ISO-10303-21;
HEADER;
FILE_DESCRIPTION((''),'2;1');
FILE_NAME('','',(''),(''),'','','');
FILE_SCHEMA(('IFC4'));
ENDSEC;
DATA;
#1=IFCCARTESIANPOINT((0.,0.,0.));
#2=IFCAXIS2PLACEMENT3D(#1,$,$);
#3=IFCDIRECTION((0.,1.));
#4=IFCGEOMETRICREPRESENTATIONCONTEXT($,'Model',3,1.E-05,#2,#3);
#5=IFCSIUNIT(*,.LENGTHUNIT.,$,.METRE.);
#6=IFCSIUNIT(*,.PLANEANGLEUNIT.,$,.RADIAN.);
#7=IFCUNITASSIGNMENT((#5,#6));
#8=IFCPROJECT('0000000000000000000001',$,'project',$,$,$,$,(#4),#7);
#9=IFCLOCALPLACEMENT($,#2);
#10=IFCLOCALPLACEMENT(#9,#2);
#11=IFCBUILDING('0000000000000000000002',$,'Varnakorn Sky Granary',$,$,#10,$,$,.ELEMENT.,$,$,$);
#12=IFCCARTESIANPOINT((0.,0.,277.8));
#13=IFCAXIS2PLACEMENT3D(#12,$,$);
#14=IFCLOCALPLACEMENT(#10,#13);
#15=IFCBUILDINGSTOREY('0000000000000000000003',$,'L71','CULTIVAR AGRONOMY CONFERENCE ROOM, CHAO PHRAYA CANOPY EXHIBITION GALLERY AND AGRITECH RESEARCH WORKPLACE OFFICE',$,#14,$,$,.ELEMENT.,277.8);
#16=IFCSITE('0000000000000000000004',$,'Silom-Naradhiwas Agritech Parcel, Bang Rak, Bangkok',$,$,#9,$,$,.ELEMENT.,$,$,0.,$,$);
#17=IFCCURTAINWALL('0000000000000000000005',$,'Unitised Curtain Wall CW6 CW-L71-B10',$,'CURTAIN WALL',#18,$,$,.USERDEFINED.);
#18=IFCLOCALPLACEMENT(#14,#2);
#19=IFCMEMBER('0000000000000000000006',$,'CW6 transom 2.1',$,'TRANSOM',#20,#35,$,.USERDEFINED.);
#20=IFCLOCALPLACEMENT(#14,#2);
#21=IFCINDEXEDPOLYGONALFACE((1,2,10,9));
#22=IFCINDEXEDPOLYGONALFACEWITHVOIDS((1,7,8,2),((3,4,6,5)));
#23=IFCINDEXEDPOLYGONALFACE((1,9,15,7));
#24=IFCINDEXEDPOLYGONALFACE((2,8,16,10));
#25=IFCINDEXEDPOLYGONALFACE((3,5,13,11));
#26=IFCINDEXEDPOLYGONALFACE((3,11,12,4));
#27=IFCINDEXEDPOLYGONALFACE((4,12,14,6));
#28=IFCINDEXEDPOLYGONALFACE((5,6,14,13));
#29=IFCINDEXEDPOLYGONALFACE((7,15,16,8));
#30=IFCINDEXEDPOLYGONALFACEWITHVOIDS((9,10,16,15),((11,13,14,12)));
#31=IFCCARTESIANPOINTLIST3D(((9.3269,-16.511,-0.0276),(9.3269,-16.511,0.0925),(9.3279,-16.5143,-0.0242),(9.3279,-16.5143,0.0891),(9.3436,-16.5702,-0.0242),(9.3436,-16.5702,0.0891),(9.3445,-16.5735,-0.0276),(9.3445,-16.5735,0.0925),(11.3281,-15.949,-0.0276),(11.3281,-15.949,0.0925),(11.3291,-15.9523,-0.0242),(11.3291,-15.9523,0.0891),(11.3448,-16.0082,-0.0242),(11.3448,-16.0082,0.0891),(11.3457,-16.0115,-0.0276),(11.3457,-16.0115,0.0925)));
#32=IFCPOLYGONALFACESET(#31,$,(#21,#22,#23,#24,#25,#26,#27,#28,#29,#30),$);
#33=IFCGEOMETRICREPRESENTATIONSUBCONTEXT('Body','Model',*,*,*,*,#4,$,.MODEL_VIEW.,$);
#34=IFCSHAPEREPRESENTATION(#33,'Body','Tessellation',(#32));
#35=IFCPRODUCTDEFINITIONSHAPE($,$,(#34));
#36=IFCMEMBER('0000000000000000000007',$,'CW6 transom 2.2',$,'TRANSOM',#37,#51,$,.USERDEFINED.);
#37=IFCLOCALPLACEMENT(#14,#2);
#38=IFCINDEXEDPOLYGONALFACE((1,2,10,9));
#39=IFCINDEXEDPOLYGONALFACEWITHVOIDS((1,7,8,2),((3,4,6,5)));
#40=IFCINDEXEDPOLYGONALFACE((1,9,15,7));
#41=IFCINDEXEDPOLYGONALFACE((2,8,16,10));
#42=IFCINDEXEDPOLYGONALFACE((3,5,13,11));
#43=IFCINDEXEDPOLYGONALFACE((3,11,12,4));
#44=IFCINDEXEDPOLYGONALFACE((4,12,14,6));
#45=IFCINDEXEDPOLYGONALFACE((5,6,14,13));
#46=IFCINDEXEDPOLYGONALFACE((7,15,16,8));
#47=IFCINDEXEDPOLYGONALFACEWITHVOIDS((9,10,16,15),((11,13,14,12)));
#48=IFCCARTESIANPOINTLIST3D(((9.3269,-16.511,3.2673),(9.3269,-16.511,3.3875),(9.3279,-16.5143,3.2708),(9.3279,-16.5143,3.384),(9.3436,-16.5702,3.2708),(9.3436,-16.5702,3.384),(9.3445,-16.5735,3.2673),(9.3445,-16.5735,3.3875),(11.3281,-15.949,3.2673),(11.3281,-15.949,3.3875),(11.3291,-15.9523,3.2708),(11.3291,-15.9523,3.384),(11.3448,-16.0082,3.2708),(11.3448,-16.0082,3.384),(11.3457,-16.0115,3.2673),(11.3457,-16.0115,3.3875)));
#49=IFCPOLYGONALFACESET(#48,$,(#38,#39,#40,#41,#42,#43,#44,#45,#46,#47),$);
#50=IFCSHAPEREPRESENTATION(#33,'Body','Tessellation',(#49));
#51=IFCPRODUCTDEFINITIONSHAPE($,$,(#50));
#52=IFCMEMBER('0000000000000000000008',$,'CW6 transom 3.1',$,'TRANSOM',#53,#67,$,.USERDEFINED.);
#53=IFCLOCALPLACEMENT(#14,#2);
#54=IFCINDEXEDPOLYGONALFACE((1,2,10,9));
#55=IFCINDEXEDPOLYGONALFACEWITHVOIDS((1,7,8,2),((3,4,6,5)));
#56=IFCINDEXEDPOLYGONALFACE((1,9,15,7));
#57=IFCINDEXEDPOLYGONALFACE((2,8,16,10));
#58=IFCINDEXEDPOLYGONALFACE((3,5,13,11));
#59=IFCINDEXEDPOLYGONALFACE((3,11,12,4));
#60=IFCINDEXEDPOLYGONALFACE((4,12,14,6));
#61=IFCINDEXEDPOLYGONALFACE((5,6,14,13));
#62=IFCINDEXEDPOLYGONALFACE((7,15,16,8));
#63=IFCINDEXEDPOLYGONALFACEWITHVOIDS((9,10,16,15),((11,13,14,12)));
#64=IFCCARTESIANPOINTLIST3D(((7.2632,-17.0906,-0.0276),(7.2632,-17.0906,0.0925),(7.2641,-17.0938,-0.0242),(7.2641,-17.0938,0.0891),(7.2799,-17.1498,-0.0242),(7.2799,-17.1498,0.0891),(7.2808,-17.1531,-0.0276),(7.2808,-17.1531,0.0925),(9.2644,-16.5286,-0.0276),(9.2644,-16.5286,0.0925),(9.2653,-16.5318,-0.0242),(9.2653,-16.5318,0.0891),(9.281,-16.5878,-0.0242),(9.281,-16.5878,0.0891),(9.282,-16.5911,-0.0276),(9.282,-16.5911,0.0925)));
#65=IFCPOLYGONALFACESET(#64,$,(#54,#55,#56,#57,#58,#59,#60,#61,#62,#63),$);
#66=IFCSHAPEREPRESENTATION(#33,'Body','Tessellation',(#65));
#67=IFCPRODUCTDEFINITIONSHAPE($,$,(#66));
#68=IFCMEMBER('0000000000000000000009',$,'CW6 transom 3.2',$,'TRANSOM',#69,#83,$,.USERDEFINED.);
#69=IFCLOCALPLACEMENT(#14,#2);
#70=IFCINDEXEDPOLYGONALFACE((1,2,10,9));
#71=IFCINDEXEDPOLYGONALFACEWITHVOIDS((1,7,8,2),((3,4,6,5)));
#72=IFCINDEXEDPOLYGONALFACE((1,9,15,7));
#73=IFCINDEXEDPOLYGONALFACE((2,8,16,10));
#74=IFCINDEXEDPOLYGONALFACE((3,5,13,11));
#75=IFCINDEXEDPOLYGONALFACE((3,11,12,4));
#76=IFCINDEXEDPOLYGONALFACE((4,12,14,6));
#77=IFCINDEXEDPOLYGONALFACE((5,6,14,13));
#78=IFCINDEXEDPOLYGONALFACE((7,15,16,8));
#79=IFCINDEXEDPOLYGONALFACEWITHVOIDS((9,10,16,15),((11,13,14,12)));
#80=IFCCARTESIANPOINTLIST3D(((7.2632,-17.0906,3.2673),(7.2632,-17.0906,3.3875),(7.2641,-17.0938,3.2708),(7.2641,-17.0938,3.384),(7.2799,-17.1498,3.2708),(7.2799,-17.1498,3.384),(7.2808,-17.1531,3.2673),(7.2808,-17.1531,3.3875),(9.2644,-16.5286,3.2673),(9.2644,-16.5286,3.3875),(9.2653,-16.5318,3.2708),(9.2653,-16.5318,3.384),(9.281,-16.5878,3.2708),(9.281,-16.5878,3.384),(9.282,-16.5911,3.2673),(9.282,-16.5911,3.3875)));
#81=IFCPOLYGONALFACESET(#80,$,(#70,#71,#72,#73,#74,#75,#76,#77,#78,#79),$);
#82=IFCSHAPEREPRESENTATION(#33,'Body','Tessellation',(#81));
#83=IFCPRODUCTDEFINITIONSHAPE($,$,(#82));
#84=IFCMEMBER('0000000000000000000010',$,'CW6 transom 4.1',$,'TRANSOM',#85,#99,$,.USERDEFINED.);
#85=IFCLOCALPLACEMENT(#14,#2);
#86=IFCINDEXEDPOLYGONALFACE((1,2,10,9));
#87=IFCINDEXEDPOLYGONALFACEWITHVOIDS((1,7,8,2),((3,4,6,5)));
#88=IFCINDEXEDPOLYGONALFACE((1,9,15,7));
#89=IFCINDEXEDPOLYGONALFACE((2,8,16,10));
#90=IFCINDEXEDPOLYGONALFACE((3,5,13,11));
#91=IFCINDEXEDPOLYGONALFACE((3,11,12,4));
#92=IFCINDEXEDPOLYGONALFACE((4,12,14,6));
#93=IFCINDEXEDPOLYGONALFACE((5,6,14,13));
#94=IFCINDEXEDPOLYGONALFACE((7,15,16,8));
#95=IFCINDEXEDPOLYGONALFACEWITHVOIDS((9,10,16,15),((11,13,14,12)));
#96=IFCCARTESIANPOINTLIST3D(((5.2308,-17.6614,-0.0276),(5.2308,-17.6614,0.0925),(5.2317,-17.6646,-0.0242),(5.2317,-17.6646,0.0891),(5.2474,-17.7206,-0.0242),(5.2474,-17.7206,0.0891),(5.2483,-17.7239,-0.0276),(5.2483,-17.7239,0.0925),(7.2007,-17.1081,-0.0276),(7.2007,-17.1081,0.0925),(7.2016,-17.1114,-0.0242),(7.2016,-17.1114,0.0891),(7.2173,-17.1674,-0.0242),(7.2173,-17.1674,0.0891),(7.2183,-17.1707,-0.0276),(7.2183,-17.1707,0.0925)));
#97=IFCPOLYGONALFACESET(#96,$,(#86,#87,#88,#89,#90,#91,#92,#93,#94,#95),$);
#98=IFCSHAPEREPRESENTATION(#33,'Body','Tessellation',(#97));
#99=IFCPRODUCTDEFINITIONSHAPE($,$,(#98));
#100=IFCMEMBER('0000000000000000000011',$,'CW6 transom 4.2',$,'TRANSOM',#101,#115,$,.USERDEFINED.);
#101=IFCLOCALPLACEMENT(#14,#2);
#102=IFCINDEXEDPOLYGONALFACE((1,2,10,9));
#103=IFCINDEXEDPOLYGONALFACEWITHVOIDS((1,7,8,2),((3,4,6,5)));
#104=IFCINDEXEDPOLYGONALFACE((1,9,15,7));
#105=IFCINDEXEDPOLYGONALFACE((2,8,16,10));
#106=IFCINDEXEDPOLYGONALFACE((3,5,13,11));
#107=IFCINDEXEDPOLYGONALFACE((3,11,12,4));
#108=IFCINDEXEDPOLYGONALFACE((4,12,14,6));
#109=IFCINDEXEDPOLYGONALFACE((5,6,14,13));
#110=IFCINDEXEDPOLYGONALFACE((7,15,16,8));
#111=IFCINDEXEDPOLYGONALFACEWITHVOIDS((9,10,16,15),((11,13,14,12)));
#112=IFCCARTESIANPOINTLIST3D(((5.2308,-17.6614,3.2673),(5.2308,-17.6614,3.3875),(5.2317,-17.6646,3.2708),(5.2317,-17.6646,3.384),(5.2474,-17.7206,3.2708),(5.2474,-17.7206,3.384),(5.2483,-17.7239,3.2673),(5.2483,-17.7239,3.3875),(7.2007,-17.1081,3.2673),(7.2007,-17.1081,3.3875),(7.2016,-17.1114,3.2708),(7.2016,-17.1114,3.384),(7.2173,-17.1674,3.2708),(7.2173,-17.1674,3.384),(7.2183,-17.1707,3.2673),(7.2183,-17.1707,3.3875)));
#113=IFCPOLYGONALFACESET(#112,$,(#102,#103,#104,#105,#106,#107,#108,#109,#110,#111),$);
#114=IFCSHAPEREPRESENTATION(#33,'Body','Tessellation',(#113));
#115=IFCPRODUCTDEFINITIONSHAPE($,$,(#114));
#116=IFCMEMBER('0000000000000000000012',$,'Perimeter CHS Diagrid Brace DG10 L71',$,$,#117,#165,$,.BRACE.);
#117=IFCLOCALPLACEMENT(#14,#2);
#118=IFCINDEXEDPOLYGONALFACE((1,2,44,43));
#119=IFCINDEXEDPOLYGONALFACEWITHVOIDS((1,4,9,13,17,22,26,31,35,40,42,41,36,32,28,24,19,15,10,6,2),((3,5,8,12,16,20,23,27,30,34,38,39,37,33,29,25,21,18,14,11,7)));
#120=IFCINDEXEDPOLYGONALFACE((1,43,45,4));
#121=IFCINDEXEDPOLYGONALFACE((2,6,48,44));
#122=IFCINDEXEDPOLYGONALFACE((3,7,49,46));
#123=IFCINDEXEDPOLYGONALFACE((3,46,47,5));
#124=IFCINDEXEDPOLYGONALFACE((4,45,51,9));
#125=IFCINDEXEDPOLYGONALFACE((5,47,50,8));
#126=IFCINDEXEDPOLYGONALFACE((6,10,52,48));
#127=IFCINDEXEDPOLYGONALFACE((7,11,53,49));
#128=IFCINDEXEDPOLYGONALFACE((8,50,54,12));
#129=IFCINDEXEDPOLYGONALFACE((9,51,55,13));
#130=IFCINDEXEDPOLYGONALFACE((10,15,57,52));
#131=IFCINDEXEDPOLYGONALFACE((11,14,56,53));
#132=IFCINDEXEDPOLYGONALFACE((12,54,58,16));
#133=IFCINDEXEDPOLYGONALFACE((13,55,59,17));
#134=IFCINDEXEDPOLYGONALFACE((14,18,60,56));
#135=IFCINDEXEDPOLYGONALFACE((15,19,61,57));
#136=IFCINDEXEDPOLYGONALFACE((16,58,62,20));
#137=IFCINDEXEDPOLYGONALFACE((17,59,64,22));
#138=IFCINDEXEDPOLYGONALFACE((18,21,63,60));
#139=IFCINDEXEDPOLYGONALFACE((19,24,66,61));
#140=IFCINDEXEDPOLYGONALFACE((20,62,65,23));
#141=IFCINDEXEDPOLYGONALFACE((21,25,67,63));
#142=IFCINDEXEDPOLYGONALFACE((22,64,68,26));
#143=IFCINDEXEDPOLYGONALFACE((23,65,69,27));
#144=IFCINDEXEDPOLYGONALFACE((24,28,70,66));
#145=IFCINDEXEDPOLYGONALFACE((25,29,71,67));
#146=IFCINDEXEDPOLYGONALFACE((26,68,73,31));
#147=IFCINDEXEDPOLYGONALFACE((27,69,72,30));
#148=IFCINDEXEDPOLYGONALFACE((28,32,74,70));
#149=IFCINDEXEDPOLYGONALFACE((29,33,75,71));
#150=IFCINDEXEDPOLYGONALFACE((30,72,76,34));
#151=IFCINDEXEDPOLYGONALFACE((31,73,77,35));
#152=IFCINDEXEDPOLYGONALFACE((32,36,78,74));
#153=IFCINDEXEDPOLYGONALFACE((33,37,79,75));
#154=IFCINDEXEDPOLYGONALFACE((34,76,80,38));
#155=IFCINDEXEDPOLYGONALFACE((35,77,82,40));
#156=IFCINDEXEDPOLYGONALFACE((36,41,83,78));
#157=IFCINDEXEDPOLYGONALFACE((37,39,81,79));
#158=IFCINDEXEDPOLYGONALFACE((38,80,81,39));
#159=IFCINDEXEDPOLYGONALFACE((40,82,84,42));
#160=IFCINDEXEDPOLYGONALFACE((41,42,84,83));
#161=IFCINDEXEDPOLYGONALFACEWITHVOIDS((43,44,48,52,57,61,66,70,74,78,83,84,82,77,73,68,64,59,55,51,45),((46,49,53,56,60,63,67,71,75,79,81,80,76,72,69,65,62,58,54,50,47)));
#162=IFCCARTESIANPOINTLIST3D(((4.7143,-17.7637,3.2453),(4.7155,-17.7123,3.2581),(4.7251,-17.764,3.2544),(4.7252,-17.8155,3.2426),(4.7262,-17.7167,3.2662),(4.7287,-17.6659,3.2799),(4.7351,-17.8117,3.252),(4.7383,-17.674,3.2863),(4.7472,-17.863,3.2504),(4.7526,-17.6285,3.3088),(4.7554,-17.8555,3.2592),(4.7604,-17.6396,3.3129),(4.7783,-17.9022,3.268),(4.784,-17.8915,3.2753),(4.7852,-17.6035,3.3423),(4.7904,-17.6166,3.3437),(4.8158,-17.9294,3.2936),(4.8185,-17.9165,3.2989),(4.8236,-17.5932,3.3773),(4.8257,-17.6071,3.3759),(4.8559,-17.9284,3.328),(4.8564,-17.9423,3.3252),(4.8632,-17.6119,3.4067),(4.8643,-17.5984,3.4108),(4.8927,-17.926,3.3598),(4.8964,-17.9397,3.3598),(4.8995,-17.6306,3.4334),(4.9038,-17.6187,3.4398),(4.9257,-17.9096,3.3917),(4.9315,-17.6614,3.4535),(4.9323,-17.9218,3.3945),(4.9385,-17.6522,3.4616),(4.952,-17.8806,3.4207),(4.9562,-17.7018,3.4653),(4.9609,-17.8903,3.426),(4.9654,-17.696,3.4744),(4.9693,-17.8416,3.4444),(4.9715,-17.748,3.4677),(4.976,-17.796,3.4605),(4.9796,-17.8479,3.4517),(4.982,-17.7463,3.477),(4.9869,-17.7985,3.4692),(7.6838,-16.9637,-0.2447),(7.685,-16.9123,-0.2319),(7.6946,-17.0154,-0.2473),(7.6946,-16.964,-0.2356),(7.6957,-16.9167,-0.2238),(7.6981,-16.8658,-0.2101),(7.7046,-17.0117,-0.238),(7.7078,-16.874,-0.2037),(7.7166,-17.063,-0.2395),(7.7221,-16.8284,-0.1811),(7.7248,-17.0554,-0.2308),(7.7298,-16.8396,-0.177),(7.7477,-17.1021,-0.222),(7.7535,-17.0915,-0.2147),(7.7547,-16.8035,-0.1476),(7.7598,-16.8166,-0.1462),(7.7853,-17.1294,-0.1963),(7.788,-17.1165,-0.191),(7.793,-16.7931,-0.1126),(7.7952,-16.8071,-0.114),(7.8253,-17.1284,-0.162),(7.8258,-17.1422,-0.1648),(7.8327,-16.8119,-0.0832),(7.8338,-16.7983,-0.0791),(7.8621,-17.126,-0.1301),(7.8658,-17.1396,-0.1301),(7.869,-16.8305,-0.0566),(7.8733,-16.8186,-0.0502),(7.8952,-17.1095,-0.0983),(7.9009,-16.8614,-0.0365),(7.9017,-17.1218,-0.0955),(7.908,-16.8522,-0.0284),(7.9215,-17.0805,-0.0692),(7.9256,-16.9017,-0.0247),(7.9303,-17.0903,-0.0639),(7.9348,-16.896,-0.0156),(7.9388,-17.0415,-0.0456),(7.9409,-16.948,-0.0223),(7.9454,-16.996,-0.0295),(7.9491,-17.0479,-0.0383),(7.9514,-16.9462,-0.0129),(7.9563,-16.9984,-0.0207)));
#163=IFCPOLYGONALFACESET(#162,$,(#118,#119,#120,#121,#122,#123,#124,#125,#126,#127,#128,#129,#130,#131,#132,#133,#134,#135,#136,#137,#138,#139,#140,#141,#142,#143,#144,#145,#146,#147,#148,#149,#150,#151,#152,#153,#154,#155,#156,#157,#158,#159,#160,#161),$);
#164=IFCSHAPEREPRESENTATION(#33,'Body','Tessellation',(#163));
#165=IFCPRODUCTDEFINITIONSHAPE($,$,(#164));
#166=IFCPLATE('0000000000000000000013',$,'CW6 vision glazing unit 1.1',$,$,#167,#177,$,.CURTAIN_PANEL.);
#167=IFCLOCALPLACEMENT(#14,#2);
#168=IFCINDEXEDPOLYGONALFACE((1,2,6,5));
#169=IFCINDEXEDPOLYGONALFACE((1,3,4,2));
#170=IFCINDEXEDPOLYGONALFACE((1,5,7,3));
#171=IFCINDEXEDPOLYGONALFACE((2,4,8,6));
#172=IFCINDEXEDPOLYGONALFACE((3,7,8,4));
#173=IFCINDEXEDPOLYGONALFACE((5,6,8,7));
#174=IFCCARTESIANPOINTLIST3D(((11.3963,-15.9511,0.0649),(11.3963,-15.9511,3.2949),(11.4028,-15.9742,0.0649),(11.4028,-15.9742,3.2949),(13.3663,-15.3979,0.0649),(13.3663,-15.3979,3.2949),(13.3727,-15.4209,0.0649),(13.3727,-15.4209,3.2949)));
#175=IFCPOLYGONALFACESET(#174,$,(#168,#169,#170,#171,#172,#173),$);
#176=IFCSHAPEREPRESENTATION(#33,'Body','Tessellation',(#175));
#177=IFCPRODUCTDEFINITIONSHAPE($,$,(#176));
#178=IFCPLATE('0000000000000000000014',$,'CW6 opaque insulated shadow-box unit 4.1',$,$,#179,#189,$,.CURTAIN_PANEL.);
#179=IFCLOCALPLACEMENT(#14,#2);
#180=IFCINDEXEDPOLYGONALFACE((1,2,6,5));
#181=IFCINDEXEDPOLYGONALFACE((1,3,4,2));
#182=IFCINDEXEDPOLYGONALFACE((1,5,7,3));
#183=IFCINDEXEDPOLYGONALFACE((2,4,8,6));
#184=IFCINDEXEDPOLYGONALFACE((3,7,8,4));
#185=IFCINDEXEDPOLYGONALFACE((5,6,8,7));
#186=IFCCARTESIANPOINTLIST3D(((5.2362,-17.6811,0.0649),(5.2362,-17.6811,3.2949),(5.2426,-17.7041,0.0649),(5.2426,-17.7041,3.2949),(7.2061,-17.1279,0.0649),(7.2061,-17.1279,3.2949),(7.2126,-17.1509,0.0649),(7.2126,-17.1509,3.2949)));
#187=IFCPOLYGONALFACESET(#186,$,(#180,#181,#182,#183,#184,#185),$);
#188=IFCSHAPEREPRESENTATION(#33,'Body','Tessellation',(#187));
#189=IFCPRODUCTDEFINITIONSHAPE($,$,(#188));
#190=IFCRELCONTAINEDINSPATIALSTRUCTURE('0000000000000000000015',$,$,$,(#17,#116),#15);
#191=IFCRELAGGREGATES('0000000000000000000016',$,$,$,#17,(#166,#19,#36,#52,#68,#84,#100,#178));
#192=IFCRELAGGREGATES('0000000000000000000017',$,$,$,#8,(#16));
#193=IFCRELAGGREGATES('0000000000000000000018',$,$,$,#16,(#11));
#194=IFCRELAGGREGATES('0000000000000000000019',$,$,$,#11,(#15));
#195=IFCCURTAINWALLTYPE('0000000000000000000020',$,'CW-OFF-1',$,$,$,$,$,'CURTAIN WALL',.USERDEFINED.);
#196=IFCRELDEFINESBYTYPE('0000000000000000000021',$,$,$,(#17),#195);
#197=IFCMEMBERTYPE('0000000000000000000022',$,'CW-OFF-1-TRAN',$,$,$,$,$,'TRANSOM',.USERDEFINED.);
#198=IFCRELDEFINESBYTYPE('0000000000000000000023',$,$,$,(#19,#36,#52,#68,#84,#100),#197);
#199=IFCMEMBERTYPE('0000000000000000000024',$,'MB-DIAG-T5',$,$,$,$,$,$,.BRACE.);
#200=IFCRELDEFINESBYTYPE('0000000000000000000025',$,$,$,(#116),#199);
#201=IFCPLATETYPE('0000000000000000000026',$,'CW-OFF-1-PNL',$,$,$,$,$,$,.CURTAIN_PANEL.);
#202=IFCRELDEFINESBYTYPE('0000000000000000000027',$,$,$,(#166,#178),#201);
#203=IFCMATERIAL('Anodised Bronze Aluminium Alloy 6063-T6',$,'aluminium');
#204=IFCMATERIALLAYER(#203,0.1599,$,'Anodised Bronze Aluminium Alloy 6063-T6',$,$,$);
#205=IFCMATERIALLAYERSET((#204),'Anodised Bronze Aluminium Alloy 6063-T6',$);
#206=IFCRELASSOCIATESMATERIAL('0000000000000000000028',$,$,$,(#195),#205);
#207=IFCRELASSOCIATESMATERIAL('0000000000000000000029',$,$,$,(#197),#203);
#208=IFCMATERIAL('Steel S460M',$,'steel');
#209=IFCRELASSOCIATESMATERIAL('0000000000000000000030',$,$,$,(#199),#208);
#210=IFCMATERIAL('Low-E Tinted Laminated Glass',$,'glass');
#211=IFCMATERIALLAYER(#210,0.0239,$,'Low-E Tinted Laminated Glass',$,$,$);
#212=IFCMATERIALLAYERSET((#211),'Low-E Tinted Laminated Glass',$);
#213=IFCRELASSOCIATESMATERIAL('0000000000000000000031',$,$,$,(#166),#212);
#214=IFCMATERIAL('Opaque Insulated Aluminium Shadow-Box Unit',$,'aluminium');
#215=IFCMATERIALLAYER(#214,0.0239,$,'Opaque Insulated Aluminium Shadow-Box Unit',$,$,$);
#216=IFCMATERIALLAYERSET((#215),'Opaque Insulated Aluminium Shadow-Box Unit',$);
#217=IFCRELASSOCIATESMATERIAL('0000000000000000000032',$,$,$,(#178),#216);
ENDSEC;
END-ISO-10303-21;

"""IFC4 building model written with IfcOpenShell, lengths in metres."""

from ifc_helpers import new_model, si_unit, direction, frame, origin, origin_2d, place, context, subcontext, project, spatial, rectangle, hollow_rectangle, hollow_circle, extrude, source, transform, mapped, material, layer, layer_set, material_profile, profile_set, type_object, element, aggregate, save


model = new_model("IFC4")

# Units and contexts
model_context = context("Model", 3, precision=1e-05, world=origin(), true_north=direction((0.0, 1.0)))
body_context = subcontext(model_context, "Body", "Model", "MODEL_VIEW")
ifc_project = project(units=[si_unit("LENGTHUNIT", "METRE"), si_unit("PLANEANGLEUNIT", "RADIAN")], contexts=[model_context])

# Site, building, storey
site_placement = place(None, origin())
site = spatial("IfcSite", under=ifc_project, at=site_placement, Name="Silom-Naradhiwas Agritech Parcel, Bang Rak, Bangkok", CompositionType="ELEMENT", RefElevation=0.0)
building_placement = place(site_placement, origin())
building = spatial("IfcBuilding", under=site, at=building_placement, Name="Varnakorn Sky Granary", CompositionType="ELEMENT")
storey_placement = place(building_placement, frame((0.0, 0.0, 277.8)))
storey = spatial("IfcBuildingStorey", under=building, at=storey_placement, Name="L71", Description="CULTIVAR AGRONOMY CONFERENCE ROOM, CHAO PHRAYA CANOPY EXHIBITION GALLERY AND AGRITECH RESEARCH WORKPLACE OFFICE", CompositionType="ELEMENT", Elevation=277.8)

# Shared definitions
ifc_material_1 = material(Name="Steel S460M", Category="steel")

# Curtain wall, members
ifc_material_2 = material(Name="Anodised Bronze Aluminium Alloy 6063-T6", Category="aluminium")
ifc_layer_1 = layer(ifc_material_2, 0.1599, Name="Anodised Bronze Aluminium Alloy 6063-T6")
ifc_layer_set_1 = layer_set([ifc_layer_1], Name="Anodised Bronze Aluminium Alloy 6063-T6")
curtain_wall_type = type_object("IfcCurtainWallType", Name="CW-OFF-1", ElementType="CURTAIN WALL", PredefinedType="USERDEFINED", material=ifc_layer_set_1)
curtain_wall_placement = place(storey_placement, origin())
curtain_wall = element("IfcCurtainWall", 1, at=curtain_wall_placement, inside=storey, type_object=curtain_wall_type, Name="Unitised Curtain Wall CW6 CW-L71-B10", ObjectType="CURTAIN WALL", PredefinedType="USERDEFINED")
ifc_material_profile_1 = material_profile(ifc_material_2, hollow_rectangle(XDim=0.0649, YDim=0.1201, WallThickness=0.0034, at=origin_2d()), Name="ALU TRAN 65x120")
ifc_profile_set_1 = profile_set([ifc_material_profile_1], Name="Anodised Bronze Aluminium Alloy 6063-T6")
member_type_1 = type_object("IfcMemberType", Name="CW-OFF-1-TRAN", ElementType="TRANSOM", PredefinedType="USERDEFINED", material=ifc_profile_set_1)
member_1_placement = place(storey_placement, frame((11.3369, -15.9802, 0.0325), z_axis=(-0.962755, -0.270375, 0.0), x_axis=(0.270375, -0.962755, 0.0)))
member_1 = element("IfcMember", 2, at=member_1_placement, type_object=member_type_1, Name="CW6 transom 2.1", ObjectType="TRANSOM", PredefinedType="USERDEFINED", context=body_context, shape_type="SweptSolid", body=[
    extrude(hollow_rectangle(XDim=0.0649, YDim=0.1201, WallThickness=0.0034, at=origin_2d()), origin(), (0.0, 0.0, 1.0), 2.0786),
])
member_2_placement = place(storey_placement, frame((11.3369, -15.9802, 3.3274), z_axis=(-0.962755, -0.270375, 0.0), x_axis=(0.270375, -0.962755, 0.0)))
member_2 = element("IfcMember", 3, at=member_2_placement, type_object=member_type_1, Name="CW6 transom 2.2", ObjectType="TRANSOM", PredefinedType="USERDEFINED", context=body_context, shape_type="SweptSolid", body=[
    extrude(hollow_rectangle(XDim=0.0649, YDim=0.1201, WallThickness=0.0034, at=origin_2d()), origin(), (0.0, 0.0, 1.0), 2.0786),
])
member_3_placement = place(storey_placement, frame((9.2732, -16.5598, 0.0325), z_axis=(-0.962755, -0.270375, 0.0), x_axis=(0.270375, -0.962755, 0.0)))
member_3 = element("IfcMember", 4, at=member_3_placement, type_object=member_type_1, Name="CW6 transom 3.1", ObjectType="TRANSOM", PredefinedType="USERDEFINED", context=body_context, shape_type="SweptSolid", body=[
    extrude(hollow_rectangle(XDim=0.0649, YDim=0.1201, WallThickness=0.0034, at=origin_2d()), origin(), (0.0, 0.0, 1.0), 2.0786),
])
member_4_placement = place(storey_placement, frame((9.2732, -16.5598, 3.3274), z_axis=(-0.962755, -0.270375, 0.0), x_axis=(0.270375, -0.962755, 0.0)))
member_4 = element("IfcMember", 5, at=member_4_placement, type_object=member_type_1, Name="CW6 transom 3.2", ObjectType="TRANSOM", PredefinedType="USERDEFINED", context=body_context, shape_type="SweptSolid", body=[
    extrude(hollow_rectangle(XDim=0.0649, YDim=0.1201, WallThickness=0.0034, at=origin_2d()), origin(), (0.0, 0.0, 1.0), 2.0786),
])
member_5_placement = place(storey_placement, frame((7.2095, -17.1394, 0.0325), z_axis=(-0.962757, -0.270369, 0.0), x_axis=(0.270369, -0.962757, 0.0)))
member_5 = element("IfcMember", 6, at=member_5_placement, type_object=member_type_1, Name="CW6 transom 4.1", ObjectType="TRANSOM", PredefinedType="USERDEFINED", context=body_context, shape_type="SweptSolid", body=[
    extrude(hollow_rectangle(XDim=0.0649, YDim=0.1201, WallThickness=0.0034, at=origin_2d()), origin(), (0.0, 0.0, 1.0), 2.0461),
])
member_6_placement = place(storey_placement, frame((7.2095, -17.1394, 3.3274), z_axis=(-0.962757, -0.270369, 0.0), x_axis=(0.270369, -0.962757, 0.0)))
member_6 = element("IfcMember", 7, at=member_6_placement, type_object=member_type_1, Name="CW6 transom 4.2", ObjectType="TRANSOM", PredefinedType="USERDEFINED", context=body_context, shape_type="SweptSolid", body=[
    extrude(hollow_rectangle(XDim=0.0649, YDim=0.1201, WallThickness=0.0034, at=origin_2d()), origin(), (0.0, 0.0, 1.0), 2.0461),
])

# Member
ifc_material_profile_2 = material_profile(ifc_material_1, hollow_circle(Radius=0.1777, WallThickness=0.0142, at=origin_2d()), Name="CHS 355.6x14")
ifc_profile_set_2 = profile_set([ifc_material_profile_2], Name="Steel S460M")
member_type_2 = type_object("IfcMemberType", Name="MB-DIAG-T5", PredefinedType="BRACE", material=ifc_profile_set_2)
member_7_placement = place(storey_placement, frame((7.8196, -16.968, -0.1301), z_axis=(-0.638371, -0.171992, 0.750268), x_axis=(0.260147, -0.965569, 0.0)))
element("IfcMember", 8, at=member_7_placement, inside=storey, type_object=member_type_2, Name="Perimeter CHS Diagrid Brace DG10 L71", PredefinedType="BRACE", context=body_context, shape_type="SweptSolid", body=[
    extrude(hollow_circle(Radius=0.1777, WallThickness=0.0142, at=origin_2d()), origin(), (0.0, 0.0, 1.0), 4.6516),
])

# Plates
ifc_material_3 = material(Name="Low-E Tinted Laminated Glass", Category="glass")
ifc_layer_2 = layer(ifc_material_3, 0.0239, Name="Low-E Tinted Laminated Glass")
ifc_layer_set_2 = layer_set([ifc_layer_2], Name="Low-E Tinted Laminated Glass")
plate_type = type_object("IfcPlateType", Name="CW-OFF-1-PNL", PredefinedType="CURTAIN_PANEL")
shared_shape_1 = source(origin(), body_context, "Body", "SweptSolid", [
    extrude(rectangle(XDim=2.0461, YDim=0.0239, at=origin_2d()), origin(), (0.0, 0.0, 1.0), 3.23),
])
plate_1_placement = place(storey_placement, frame((12.3845, -15.686, 0.0649), z_axis=(0.0, 0.0, 1.0), x_axis=(-0.962756, -0.27037, 0.0)))
plate_1 = element("IfcPlate", 9, at=plate_1_placement, type_object=plate_type, material=ifc_layer_set_2, Name="CW6 vision glazing unit 1.1", PredefinedType="CURTAIN_PANEL", context=body_context, shape_type="MappedRepresentation", body=[
    mapped(shared_shape_1, transform((0.0, 0.0, 0.0), x_axis=(1.0, 0.0, 0.0), y_axis=(0.0, 1.0, 0.0), z_axis=(0.0, 0.0, 1.0), scale=1.0)),
])
ifc_material_4 = material(Name="Opaque Insulated Aluminium Shadow-Box Unit", Category="aluminium")
ifc_layer_3 = layer(ifc_material_4, 0.0239, Name="Opaque Insulated Aluminium Shadow-Box Unit")
ifc_layer_set_3 = layer_set([ifc_layer_3], Name="Opaque Insulated Aluminium Shadow-Box Unit")
plate_2_placement = place(storey_placement, frame((6.2244, -17.416, 0.0649), z_axis=(0.0, 0.0, 1.0), x_axis=(-0.962756, -0.27037, 0.0)))
plate_2 = element("IfcPlate", 10, at=plate_2_placement, type_object=plate_type, material=ifc_layer_set_3, Name="CW6 opaque insulated shadow-box unit 4.1", PredefinedType="CURTAIN_PANEL", context=body_context, shape_type="MappedRepresentation", body=[
    mapped(shared_shape_1, transform((0.0, 0.0, 0.0), x_axis=(1.0, 0.0, 0.0), y_axis=(0.0, 1.0, 0.0), z_axis=(0.0, 0.0, 1.0), scale=1.0)),
])
aggregate(curtain_wall, [plate_1, member_1, member_2, member_3, member_4, member_5, member_6, plate_2])

save(model, "model.ifc")
